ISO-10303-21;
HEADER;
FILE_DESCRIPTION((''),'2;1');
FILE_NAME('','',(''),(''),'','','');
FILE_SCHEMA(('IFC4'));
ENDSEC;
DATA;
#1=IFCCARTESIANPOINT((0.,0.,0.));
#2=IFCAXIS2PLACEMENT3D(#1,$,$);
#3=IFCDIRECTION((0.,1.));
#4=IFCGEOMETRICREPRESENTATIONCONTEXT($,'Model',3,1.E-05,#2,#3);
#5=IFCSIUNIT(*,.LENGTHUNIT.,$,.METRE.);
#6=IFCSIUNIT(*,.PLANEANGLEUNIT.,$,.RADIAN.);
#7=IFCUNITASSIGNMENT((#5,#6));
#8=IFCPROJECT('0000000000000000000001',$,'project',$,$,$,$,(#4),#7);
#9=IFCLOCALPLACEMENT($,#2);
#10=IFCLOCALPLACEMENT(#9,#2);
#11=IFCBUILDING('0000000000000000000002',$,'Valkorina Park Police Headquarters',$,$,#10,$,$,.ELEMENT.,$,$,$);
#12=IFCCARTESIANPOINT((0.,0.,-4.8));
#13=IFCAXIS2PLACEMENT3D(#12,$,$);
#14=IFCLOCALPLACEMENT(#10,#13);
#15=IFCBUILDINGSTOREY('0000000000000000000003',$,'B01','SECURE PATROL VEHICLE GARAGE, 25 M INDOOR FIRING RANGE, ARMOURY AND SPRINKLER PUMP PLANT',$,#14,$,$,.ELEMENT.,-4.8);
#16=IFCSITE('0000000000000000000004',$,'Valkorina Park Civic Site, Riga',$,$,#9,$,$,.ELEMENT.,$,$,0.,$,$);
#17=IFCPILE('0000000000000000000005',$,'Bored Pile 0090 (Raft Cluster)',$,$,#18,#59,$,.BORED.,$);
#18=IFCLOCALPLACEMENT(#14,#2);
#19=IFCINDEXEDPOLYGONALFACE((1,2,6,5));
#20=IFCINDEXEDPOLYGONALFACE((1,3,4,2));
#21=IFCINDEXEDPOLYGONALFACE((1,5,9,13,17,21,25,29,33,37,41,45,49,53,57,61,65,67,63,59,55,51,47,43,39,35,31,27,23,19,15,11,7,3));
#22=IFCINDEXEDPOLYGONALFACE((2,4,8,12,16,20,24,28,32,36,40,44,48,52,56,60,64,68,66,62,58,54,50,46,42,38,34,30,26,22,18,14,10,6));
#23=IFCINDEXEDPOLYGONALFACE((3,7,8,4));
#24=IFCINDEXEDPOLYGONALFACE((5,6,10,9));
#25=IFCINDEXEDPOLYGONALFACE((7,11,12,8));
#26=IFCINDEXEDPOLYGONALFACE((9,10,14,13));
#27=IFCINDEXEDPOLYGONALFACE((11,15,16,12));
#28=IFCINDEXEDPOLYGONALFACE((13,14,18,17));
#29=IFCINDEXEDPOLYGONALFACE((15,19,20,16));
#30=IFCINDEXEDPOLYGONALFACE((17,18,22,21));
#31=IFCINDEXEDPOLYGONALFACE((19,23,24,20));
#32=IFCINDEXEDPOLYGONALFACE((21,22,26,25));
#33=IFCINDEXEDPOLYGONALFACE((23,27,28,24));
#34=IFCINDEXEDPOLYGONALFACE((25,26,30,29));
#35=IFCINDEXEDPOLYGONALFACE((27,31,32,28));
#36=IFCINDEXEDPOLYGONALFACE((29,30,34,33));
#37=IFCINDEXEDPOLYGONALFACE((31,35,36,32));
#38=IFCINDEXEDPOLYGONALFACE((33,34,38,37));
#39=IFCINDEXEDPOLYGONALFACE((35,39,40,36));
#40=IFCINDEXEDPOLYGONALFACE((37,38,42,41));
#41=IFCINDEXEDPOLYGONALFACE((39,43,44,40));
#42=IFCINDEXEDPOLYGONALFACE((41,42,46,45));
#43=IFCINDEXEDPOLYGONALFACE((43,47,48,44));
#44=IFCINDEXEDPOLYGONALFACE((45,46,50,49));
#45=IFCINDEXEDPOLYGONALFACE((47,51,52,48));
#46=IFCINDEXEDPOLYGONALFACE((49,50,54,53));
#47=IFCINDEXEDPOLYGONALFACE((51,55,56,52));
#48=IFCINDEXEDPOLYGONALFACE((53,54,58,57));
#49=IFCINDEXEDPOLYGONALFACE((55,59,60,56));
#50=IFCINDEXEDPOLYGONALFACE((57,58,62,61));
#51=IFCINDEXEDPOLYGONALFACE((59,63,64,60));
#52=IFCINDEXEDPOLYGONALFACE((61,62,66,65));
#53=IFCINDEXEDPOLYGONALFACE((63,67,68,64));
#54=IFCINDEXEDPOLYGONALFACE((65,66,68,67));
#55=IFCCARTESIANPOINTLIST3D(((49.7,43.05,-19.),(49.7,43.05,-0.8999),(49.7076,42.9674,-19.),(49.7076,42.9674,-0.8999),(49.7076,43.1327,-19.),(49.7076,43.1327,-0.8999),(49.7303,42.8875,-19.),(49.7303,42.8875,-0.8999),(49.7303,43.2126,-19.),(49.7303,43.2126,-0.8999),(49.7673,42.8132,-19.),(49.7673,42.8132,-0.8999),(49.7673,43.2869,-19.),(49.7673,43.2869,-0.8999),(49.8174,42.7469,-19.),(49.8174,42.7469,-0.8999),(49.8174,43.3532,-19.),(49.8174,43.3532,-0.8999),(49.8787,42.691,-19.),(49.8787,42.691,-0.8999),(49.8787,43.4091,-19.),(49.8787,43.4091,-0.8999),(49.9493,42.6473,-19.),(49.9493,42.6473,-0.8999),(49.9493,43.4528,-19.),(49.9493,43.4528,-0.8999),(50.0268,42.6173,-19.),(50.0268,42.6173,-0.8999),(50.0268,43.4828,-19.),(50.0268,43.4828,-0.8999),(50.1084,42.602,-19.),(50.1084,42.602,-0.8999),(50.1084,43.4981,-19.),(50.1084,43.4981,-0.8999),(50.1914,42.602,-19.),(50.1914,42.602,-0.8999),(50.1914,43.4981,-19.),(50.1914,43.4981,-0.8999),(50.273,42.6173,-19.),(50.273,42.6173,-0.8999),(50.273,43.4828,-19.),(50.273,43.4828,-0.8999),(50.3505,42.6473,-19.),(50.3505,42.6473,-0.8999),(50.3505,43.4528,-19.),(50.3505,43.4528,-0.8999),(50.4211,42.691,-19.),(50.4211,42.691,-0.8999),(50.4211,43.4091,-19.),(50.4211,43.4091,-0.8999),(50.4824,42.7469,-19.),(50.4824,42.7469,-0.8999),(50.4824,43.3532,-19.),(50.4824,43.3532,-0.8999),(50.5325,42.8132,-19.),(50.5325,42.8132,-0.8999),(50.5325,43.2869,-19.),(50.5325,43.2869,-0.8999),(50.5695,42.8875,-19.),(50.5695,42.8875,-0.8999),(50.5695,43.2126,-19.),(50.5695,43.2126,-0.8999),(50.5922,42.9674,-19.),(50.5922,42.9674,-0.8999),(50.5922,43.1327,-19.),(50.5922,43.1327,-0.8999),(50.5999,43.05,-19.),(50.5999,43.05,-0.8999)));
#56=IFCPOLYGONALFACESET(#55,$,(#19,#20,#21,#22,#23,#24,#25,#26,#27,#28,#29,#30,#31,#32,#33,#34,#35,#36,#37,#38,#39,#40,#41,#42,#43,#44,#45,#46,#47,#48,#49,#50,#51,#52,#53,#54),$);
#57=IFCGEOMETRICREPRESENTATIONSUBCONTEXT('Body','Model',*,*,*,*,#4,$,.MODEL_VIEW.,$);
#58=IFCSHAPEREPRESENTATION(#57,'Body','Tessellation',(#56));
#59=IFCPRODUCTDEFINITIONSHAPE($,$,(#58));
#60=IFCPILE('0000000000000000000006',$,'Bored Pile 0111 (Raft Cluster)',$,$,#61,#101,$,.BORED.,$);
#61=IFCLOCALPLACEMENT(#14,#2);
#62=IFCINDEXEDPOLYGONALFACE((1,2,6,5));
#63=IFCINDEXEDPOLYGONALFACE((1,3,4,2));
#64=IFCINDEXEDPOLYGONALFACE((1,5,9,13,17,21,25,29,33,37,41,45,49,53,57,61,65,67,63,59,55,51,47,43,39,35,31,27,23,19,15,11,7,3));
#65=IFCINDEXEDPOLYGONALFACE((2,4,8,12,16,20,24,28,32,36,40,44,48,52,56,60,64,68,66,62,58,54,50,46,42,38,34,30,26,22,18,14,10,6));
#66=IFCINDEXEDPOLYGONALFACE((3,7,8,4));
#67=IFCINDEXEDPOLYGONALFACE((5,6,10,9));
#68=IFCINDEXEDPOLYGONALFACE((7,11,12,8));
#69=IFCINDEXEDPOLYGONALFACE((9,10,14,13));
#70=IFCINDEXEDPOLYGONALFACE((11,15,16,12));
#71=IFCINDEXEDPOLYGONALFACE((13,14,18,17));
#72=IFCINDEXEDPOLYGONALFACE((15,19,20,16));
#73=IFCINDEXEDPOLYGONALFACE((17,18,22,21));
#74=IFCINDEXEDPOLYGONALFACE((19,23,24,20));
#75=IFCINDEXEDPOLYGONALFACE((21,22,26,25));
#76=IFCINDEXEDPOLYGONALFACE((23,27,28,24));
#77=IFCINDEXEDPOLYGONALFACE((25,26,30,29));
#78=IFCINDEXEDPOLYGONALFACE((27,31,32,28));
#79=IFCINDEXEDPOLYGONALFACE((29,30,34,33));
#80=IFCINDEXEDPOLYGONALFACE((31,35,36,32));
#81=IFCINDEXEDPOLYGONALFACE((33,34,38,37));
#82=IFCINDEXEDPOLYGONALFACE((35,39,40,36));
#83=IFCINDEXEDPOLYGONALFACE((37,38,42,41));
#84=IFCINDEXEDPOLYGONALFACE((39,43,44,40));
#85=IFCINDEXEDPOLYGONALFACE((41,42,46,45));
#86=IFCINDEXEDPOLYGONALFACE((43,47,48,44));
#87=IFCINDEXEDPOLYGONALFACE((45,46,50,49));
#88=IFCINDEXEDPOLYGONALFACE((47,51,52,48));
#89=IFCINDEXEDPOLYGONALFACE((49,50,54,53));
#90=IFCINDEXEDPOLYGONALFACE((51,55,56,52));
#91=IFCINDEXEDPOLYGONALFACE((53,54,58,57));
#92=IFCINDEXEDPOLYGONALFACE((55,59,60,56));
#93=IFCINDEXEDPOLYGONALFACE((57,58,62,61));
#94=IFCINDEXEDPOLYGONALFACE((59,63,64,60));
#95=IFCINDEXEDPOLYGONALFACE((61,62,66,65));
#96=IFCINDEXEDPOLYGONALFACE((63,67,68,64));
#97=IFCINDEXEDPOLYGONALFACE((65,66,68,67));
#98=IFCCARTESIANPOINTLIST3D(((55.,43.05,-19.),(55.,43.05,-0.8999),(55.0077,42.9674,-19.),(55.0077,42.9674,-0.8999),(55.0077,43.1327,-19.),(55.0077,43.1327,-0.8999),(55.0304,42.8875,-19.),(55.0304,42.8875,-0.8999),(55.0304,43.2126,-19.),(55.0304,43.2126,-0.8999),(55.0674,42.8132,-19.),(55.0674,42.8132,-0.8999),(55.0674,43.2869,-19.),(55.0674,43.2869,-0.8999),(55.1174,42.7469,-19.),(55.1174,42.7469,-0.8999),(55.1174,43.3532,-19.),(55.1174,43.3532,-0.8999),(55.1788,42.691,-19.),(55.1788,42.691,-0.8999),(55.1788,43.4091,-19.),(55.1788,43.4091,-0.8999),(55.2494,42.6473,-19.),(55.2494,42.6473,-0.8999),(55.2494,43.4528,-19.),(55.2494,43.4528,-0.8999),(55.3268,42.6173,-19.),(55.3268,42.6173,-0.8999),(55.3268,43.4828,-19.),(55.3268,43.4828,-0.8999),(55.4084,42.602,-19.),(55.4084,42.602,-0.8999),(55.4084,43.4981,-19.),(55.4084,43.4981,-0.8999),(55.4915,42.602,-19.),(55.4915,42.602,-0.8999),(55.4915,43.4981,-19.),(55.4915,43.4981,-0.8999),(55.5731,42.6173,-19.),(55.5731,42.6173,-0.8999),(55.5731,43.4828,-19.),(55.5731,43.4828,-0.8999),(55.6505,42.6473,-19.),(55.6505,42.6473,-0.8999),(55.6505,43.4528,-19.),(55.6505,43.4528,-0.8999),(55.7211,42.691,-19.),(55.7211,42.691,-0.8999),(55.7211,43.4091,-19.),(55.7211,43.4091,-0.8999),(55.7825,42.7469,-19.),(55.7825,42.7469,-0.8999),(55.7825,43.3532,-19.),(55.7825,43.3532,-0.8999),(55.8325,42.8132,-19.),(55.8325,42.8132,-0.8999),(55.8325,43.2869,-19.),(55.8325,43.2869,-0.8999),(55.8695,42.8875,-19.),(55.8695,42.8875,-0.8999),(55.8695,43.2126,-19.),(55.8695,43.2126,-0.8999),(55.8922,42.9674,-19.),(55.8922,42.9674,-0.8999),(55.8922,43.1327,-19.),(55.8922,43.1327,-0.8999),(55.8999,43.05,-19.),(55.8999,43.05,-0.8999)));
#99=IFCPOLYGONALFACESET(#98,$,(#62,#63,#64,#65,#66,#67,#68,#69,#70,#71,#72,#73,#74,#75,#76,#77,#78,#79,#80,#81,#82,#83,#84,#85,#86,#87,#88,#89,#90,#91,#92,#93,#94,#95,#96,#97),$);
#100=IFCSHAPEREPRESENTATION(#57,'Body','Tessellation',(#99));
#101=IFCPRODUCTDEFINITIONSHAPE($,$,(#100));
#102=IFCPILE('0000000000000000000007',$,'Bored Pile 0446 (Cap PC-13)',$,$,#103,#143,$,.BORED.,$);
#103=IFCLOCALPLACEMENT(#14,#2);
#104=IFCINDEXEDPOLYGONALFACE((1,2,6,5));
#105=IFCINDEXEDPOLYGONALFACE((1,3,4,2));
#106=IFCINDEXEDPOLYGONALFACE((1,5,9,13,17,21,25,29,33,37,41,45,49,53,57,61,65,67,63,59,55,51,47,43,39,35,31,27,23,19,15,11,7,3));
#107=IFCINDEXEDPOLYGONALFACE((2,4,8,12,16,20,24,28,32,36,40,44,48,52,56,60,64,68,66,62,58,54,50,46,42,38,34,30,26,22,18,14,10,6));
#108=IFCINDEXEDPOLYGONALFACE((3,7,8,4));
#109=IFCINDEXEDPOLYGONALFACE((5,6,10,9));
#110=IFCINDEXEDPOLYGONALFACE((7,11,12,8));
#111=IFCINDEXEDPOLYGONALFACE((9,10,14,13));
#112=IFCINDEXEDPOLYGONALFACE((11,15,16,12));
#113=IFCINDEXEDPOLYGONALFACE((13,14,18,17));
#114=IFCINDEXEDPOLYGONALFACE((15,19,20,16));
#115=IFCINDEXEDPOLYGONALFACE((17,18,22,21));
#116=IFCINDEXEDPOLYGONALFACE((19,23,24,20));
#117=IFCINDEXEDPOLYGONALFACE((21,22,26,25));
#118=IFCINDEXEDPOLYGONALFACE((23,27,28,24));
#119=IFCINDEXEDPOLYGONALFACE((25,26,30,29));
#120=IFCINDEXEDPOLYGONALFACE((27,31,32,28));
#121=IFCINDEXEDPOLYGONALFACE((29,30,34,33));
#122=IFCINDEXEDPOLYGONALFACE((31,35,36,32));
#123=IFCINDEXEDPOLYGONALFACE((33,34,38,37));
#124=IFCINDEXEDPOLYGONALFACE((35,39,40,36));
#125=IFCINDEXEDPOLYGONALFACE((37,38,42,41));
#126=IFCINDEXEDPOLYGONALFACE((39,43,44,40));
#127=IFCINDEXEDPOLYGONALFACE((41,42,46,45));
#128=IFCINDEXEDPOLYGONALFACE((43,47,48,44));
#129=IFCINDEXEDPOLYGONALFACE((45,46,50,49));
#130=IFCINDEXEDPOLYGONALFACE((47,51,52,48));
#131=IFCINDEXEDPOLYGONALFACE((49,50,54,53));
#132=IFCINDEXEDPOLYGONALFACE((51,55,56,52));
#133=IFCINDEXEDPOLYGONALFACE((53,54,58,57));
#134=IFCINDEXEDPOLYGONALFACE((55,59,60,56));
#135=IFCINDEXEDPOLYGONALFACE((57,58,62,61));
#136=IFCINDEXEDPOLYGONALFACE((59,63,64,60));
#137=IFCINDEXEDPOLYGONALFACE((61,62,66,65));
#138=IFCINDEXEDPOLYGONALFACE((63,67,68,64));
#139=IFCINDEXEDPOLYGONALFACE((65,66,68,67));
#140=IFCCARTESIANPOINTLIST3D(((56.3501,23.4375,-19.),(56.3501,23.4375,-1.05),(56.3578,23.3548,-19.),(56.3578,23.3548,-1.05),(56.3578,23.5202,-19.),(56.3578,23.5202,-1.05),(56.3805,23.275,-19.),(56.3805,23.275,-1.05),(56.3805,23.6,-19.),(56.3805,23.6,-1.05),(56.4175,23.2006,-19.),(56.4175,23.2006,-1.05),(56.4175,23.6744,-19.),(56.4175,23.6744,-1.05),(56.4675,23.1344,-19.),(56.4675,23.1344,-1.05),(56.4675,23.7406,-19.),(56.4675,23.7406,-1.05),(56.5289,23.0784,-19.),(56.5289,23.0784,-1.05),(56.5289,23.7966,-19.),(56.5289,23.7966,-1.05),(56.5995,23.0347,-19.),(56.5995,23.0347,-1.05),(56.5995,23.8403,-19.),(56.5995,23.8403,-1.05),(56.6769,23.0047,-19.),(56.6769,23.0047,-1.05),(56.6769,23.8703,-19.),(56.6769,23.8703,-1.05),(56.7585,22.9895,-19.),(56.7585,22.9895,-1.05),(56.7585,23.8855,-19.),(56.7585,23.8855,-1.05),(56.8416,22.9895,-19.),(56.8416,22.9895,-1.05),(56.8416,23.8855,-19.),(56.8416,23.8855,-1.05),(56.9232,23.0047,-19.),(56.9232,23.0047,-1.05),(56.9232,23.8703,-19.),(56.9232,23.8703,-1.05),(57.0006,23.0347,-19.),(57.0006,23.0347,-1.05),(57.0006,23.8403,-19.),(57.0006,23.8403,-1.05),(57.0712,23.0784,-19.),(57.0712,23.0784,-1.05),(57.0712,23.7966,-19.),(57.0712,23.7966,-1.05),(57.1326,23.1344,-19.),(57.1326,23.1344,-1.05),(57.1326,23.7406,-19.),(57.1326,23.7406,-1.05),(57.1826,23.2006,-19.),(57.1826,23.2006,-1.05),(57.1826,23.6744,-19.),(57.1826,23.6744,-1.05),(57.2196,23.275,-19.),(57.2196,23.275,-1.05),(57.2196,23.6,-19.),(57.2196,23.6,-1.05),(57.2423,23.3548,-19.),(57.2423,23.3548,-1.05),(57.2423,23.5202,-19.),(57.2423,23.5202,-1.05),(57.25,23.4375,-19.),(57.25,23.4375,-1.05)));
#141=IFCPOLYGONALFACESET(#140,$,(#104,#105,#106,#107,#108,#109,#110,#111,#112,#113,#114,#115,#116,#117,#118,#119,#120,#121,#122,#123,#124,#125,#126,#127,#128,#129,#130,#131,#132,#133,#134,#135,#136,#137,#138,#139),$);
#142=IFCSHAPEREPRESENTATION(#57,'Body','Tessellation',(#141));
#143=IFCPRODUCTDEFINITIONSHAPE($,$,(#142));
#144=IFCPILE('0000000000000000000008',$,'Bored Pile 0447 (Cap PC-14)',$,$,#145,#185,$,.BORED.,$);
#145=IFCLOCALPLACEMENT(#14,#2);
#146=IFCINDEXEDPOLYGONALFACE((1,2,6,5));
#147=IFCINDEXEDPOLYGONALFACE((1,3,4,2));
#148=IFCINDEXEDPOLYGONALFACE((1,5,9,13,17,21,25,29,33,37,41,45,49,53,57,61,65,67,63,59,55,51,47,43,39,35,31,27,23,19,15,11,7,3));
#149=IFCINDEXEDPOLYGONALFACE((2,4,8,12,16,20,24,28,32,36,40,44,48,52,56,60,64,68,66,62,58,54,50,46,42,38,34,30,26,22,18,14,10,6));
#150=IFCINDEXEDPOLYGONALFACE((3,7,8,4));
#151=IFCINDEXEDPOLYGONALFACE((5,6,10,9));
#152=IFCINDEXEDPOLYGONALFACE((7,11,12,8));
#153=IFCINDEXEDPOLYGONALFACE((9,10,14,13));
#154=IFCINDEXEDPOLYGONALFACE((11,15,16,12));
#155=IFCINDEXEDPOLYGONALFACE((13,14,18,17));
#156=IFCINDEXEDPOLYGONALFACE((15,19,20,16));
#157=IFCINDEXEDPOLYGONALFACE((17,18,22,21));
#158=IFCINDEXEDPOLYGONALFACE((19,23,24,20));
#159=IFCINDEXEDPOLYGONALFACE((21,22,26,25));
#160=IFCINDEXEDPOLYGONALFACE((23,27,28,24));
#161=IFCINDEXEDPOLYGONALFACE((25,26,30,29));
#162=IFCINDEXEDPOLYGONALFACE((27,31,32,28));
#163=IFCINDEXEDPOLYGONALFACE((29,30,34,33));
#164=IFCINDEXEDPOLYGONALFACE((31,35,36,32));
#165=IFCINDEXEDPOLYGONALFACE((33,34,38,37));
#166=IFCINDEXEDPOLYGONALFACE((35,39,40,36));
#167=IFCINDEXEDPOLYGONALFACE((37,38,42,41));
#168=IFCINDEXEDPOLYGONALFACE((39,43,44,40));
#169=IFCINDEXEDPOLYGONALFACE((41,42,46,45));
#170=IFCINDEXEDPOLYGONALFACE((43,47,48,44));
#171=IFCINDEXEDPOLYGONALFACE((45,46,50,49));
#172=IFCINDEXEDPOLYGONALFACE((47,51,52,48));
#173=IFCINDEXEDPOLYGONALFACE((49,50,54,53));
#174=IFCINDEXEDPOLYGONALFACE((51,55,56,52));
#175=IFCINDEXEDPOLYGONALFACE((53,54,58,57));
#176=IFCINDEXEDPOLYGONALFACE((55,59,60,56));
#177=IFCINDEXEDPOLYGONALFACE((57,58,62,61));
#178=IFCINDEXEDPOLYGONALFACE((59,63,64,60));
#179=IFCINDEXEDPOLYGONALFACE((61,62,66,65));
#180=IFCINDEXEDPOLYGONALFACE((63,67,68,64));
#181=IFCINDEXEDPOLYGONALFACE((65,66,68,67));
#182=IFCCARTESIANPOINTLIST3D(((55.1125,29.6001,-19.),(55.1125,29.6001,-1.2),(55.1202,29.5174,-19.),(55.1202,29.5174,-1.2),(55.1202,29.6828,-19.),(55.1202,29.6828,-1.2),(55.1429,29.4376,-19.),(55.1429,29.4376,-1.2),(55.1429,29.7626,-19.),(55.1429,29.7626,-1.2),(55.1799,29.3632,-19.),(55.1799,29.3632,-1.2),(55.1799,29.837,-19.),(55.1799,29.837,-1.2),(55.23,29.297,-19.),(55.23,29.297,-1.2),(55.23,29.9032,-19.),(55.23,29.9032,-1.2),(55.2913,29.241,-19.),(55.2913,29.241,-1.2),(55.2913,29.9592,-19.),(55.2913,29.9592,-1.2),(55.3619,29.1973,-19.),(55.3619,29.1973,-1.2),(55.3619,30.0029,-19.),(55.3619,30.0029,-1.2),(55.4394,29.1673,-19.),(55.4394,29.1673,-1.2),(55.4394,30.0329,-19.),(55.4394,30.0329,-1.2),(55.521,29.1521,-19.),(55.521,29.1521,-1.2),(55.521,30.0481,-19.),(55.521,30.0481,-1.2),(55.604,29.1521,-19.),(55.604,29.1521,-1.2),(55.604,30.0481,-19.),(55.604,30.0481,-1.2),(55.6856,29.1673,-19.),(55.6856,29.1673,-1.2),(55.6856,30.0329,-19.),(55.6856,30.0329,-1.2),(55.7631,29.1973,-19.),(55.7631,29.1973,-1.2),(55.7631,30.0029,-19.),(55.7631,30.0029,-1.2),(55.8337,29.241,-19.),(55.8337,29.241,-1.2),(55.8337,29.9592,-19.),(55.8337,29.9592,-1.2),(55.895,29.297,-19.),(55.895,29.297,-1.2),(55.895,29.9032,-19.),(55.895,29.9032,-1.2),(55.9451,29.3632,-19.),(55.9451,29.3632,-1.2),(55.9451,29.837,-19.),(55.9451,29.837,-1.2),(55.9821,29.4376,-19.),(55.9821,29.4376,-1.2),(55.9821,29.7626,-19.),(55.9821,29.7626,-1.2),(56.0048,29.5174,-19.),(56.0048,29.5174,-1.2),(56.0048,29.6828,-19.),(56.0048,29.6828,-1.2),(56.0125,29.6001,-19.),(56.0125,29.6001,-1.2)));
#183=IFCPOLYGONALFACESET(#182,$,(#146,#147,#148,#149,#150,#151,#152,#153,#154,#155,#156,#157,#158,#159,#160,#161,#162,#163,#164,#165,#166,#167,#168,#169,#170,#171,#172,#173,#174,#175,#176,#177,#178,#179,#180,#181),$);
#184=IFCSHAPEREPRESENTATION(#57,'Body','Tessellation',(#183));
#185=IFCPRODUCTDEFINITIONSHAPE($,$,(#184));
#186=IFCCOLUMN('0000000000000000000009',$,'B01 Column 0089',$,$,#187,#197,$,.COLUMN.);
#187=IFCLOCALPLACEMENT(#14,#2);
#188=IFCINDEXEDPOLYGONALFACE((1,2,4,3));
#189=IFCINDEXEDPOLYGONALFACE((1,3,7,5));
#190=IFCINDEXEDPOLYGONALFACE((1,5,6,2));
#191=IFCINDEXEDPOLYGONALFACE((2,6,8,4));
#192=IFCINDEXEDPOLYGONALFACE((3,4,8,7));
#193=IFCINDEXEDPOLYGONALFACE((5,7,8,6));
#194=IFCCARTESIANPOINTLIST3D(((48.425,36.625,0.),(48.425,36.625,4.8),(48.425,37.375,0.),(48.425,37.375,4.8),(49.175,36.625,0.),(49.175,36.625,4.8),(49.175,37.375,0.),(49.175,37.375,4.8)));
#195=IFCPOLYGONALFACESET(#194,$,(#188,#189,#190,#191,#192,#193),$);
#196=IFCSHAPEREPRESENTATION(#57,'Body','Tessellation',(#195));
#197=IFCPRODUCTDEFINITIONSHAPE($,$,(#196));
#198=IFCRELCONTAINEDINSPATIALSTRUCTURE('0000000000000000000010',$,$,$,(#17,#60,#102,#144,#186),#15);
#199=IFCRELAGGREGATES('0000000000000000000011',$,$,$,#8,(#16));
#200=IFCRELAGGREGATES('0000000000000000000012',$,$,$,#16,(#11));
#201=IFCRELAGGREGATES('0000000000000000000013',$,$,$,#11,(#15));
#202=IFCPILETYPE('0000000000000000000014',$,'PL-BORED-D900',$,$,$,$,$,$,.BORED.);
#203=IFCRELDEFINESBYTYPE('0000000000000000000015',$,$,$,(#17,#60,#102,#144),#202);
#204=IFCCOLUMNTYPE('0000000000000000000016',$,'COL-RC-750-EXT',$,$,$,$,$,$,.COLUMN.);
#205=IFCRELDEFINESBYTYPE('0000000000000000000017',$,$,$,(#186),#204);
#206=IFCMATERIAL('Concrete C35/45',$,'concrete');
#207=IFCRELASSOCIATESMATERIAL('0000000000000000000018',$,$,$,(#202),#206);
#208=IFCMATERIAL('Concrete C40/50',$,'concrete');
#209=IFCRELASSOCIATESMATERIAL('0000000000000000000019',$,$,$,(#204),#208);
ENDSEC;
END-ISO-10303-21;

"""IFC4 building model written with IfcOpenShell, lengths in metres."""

from ifc_helpers import new_model, si_unit, direction, frame, origin, origin_2d, place, context, subcontext, project, spatial, rectangle, circle, extrude, material, material_profile, profile_set, type_object, element, save


model = new_model("IFC4")

# Units and contexts
model_context = context("Model", 3, precision=1e-05, world=origin(), true_north=direction((0.0, 1.0)))
body_context = subcontext(model_context, "Body", "Model", "MODEL_VIEW")
ifc_project = project(units=[si_unit("LENGTHUNIT", "METRE"), si_unit("PLANEANGLEUNIT", "RADIAN")], contexts=[model_context])

# Site, building, storey
site_placement = place(None, origin())
site = spatial("IfcSite", under=ifc_project, at=site_placement, Name="Valkorina Park Civic Site, Riga", CompositionType="ELEMENT", RefElevation=0.0)
building_placement = place(site_placement, origin())
building = spatial("IfcBuilding", under=site, at=building_placement, Name="Valkorina Park Police Headquarters", CompositionType="ELEMENT")
storey_placement = place(building_placement, frame((0.0, 0.0, -4.8)))
storey = spatial("IfcBuildingStorey", under=building, at=storey_placement, Name="B01", Description="SECURE PATROL VEHICLE GARAGE, 25 M INDOOR FIRING RANGE, ARMOURY AND SPRINKLER PUMP PLANT", CompositionType="ELEMENT", Elevation=-4.8)

# Shared definitions
ifc_material_1 = material(Name="Concrete C40/50", Category="concrete")

# Piles
ifc_material_2 = material(Name="Concrete C35/45", Category="concrete")
ifc_material_profile_1 = material_profile(ifc_material_2, circle(Radius=0.45, at=origin_2d()), Name="BORED PILE D900")
ifc_profile_set_1 = profile_set([ifc_material_profile_1], Name="Concrete C35/45")
pile_type_1 = type_object("IfcPileType", Name="PL-BORED-D900", PredefinedType="BORED", material=ifc_profile_set_1)
for number, where, z_axis, x_axis, name in (
    (1, (50.1499, 43.05, -0.8999), (0.0, 0.0, -1.0), (1.0, 0.0, 0.0), "Bored Pile 0090 (Raft Cluster)"),
    (2, (55.45, 43.05, -0.8999), (0.0, 0.0, -1.0), (1.0, 0.0, 0.0), "Bored Pile 0111 (Raft Cluster)"),
):
    element("IfcPile", number, at=place(storey_placement, frame(where, z_axis=z_axis, x_axis=x_axis)), inside=storey, type_object=pile_type_1, Name=name, PredefinedType="BORED", context=body_context, shape_type="SweptSolid", body=[
        extrude(circle(Radius=0.45, at=origin_2d()), origin(), (0.0, 0.0, 1.0), 18.1001),
    ])
pile_1_placement = place(storey_placement, frame((56.8, 23.4375, -1.05), z_axis=(0.0, 0.0, -1.0), x_axis=(1.0, 0.0, 0.0)))
element("IfcPile", 3, at=pile_1_placement, inside=storey, type_object=pile_type_1, Name="Bored Pile 0446 (Cap PC-13)", PredefinedType="BORED", context=body_context, shape_type="SweptSolid", body=[
    extrude(circle(Radius=0.45, at=origin_2d()), origin(), (0.0, 0.0, 1.0), 17.95),
])
pile_2_placement = place(storey_placement, frame((55.5625, 29.6001, -1.2), z_axis=(0.0, 0.0, -1.0), x_axis=(1.0, 0.0, 0.0)))
element("IfcPile", 4, at=pile_2_placement, inside=storey, type_object=pile_type_1, Name="Bored Pile 0447 (Cap PC-14)", PredefinedType="BORED", context=body_context, shape_type="SweptSolid", body=[
    extrude(circle(Radius=0.45, at=origin_2d()), origin(), (0.0, 0.0, 1.0), 17.8),
])

# Column
ifc_material_profile_2 = material_profile(ifc_material_1, rectangle(XDim=0.75, YDim=0.75, at=origin_2d()), Name="RC COL 750x750")
ifc_profile_set_2 = profile_set([ifc_material_profile_2], Name="Concrete C40/50")
column_type_1 = type_object("IfcColumnType", Name="COL-RC-750-EXT", PredefinedType="COLUMN", material=ifc_profile_set_2)
column_placement = place(storey_placement, frame((48.8, 37.0, 0.0), z_axis=(0.0, 0.0, 1.0), x_axis=(1.0, 0.0, 0.0)))
element("IfcColumn", 5, at=column_placement, inside=storey, type_object=column_type_1, Name="B01 Column 0089", PredefinedType="COLUMN", context=body_context, shape_type="SweptSolid", body=[
    extrude(rectangle(XDim=0.75, YDim=0.75, at=origin_2d()), origin(), (0.0, 0.0, 1.0), 4.8),
])

save(model, "model.ifc")
